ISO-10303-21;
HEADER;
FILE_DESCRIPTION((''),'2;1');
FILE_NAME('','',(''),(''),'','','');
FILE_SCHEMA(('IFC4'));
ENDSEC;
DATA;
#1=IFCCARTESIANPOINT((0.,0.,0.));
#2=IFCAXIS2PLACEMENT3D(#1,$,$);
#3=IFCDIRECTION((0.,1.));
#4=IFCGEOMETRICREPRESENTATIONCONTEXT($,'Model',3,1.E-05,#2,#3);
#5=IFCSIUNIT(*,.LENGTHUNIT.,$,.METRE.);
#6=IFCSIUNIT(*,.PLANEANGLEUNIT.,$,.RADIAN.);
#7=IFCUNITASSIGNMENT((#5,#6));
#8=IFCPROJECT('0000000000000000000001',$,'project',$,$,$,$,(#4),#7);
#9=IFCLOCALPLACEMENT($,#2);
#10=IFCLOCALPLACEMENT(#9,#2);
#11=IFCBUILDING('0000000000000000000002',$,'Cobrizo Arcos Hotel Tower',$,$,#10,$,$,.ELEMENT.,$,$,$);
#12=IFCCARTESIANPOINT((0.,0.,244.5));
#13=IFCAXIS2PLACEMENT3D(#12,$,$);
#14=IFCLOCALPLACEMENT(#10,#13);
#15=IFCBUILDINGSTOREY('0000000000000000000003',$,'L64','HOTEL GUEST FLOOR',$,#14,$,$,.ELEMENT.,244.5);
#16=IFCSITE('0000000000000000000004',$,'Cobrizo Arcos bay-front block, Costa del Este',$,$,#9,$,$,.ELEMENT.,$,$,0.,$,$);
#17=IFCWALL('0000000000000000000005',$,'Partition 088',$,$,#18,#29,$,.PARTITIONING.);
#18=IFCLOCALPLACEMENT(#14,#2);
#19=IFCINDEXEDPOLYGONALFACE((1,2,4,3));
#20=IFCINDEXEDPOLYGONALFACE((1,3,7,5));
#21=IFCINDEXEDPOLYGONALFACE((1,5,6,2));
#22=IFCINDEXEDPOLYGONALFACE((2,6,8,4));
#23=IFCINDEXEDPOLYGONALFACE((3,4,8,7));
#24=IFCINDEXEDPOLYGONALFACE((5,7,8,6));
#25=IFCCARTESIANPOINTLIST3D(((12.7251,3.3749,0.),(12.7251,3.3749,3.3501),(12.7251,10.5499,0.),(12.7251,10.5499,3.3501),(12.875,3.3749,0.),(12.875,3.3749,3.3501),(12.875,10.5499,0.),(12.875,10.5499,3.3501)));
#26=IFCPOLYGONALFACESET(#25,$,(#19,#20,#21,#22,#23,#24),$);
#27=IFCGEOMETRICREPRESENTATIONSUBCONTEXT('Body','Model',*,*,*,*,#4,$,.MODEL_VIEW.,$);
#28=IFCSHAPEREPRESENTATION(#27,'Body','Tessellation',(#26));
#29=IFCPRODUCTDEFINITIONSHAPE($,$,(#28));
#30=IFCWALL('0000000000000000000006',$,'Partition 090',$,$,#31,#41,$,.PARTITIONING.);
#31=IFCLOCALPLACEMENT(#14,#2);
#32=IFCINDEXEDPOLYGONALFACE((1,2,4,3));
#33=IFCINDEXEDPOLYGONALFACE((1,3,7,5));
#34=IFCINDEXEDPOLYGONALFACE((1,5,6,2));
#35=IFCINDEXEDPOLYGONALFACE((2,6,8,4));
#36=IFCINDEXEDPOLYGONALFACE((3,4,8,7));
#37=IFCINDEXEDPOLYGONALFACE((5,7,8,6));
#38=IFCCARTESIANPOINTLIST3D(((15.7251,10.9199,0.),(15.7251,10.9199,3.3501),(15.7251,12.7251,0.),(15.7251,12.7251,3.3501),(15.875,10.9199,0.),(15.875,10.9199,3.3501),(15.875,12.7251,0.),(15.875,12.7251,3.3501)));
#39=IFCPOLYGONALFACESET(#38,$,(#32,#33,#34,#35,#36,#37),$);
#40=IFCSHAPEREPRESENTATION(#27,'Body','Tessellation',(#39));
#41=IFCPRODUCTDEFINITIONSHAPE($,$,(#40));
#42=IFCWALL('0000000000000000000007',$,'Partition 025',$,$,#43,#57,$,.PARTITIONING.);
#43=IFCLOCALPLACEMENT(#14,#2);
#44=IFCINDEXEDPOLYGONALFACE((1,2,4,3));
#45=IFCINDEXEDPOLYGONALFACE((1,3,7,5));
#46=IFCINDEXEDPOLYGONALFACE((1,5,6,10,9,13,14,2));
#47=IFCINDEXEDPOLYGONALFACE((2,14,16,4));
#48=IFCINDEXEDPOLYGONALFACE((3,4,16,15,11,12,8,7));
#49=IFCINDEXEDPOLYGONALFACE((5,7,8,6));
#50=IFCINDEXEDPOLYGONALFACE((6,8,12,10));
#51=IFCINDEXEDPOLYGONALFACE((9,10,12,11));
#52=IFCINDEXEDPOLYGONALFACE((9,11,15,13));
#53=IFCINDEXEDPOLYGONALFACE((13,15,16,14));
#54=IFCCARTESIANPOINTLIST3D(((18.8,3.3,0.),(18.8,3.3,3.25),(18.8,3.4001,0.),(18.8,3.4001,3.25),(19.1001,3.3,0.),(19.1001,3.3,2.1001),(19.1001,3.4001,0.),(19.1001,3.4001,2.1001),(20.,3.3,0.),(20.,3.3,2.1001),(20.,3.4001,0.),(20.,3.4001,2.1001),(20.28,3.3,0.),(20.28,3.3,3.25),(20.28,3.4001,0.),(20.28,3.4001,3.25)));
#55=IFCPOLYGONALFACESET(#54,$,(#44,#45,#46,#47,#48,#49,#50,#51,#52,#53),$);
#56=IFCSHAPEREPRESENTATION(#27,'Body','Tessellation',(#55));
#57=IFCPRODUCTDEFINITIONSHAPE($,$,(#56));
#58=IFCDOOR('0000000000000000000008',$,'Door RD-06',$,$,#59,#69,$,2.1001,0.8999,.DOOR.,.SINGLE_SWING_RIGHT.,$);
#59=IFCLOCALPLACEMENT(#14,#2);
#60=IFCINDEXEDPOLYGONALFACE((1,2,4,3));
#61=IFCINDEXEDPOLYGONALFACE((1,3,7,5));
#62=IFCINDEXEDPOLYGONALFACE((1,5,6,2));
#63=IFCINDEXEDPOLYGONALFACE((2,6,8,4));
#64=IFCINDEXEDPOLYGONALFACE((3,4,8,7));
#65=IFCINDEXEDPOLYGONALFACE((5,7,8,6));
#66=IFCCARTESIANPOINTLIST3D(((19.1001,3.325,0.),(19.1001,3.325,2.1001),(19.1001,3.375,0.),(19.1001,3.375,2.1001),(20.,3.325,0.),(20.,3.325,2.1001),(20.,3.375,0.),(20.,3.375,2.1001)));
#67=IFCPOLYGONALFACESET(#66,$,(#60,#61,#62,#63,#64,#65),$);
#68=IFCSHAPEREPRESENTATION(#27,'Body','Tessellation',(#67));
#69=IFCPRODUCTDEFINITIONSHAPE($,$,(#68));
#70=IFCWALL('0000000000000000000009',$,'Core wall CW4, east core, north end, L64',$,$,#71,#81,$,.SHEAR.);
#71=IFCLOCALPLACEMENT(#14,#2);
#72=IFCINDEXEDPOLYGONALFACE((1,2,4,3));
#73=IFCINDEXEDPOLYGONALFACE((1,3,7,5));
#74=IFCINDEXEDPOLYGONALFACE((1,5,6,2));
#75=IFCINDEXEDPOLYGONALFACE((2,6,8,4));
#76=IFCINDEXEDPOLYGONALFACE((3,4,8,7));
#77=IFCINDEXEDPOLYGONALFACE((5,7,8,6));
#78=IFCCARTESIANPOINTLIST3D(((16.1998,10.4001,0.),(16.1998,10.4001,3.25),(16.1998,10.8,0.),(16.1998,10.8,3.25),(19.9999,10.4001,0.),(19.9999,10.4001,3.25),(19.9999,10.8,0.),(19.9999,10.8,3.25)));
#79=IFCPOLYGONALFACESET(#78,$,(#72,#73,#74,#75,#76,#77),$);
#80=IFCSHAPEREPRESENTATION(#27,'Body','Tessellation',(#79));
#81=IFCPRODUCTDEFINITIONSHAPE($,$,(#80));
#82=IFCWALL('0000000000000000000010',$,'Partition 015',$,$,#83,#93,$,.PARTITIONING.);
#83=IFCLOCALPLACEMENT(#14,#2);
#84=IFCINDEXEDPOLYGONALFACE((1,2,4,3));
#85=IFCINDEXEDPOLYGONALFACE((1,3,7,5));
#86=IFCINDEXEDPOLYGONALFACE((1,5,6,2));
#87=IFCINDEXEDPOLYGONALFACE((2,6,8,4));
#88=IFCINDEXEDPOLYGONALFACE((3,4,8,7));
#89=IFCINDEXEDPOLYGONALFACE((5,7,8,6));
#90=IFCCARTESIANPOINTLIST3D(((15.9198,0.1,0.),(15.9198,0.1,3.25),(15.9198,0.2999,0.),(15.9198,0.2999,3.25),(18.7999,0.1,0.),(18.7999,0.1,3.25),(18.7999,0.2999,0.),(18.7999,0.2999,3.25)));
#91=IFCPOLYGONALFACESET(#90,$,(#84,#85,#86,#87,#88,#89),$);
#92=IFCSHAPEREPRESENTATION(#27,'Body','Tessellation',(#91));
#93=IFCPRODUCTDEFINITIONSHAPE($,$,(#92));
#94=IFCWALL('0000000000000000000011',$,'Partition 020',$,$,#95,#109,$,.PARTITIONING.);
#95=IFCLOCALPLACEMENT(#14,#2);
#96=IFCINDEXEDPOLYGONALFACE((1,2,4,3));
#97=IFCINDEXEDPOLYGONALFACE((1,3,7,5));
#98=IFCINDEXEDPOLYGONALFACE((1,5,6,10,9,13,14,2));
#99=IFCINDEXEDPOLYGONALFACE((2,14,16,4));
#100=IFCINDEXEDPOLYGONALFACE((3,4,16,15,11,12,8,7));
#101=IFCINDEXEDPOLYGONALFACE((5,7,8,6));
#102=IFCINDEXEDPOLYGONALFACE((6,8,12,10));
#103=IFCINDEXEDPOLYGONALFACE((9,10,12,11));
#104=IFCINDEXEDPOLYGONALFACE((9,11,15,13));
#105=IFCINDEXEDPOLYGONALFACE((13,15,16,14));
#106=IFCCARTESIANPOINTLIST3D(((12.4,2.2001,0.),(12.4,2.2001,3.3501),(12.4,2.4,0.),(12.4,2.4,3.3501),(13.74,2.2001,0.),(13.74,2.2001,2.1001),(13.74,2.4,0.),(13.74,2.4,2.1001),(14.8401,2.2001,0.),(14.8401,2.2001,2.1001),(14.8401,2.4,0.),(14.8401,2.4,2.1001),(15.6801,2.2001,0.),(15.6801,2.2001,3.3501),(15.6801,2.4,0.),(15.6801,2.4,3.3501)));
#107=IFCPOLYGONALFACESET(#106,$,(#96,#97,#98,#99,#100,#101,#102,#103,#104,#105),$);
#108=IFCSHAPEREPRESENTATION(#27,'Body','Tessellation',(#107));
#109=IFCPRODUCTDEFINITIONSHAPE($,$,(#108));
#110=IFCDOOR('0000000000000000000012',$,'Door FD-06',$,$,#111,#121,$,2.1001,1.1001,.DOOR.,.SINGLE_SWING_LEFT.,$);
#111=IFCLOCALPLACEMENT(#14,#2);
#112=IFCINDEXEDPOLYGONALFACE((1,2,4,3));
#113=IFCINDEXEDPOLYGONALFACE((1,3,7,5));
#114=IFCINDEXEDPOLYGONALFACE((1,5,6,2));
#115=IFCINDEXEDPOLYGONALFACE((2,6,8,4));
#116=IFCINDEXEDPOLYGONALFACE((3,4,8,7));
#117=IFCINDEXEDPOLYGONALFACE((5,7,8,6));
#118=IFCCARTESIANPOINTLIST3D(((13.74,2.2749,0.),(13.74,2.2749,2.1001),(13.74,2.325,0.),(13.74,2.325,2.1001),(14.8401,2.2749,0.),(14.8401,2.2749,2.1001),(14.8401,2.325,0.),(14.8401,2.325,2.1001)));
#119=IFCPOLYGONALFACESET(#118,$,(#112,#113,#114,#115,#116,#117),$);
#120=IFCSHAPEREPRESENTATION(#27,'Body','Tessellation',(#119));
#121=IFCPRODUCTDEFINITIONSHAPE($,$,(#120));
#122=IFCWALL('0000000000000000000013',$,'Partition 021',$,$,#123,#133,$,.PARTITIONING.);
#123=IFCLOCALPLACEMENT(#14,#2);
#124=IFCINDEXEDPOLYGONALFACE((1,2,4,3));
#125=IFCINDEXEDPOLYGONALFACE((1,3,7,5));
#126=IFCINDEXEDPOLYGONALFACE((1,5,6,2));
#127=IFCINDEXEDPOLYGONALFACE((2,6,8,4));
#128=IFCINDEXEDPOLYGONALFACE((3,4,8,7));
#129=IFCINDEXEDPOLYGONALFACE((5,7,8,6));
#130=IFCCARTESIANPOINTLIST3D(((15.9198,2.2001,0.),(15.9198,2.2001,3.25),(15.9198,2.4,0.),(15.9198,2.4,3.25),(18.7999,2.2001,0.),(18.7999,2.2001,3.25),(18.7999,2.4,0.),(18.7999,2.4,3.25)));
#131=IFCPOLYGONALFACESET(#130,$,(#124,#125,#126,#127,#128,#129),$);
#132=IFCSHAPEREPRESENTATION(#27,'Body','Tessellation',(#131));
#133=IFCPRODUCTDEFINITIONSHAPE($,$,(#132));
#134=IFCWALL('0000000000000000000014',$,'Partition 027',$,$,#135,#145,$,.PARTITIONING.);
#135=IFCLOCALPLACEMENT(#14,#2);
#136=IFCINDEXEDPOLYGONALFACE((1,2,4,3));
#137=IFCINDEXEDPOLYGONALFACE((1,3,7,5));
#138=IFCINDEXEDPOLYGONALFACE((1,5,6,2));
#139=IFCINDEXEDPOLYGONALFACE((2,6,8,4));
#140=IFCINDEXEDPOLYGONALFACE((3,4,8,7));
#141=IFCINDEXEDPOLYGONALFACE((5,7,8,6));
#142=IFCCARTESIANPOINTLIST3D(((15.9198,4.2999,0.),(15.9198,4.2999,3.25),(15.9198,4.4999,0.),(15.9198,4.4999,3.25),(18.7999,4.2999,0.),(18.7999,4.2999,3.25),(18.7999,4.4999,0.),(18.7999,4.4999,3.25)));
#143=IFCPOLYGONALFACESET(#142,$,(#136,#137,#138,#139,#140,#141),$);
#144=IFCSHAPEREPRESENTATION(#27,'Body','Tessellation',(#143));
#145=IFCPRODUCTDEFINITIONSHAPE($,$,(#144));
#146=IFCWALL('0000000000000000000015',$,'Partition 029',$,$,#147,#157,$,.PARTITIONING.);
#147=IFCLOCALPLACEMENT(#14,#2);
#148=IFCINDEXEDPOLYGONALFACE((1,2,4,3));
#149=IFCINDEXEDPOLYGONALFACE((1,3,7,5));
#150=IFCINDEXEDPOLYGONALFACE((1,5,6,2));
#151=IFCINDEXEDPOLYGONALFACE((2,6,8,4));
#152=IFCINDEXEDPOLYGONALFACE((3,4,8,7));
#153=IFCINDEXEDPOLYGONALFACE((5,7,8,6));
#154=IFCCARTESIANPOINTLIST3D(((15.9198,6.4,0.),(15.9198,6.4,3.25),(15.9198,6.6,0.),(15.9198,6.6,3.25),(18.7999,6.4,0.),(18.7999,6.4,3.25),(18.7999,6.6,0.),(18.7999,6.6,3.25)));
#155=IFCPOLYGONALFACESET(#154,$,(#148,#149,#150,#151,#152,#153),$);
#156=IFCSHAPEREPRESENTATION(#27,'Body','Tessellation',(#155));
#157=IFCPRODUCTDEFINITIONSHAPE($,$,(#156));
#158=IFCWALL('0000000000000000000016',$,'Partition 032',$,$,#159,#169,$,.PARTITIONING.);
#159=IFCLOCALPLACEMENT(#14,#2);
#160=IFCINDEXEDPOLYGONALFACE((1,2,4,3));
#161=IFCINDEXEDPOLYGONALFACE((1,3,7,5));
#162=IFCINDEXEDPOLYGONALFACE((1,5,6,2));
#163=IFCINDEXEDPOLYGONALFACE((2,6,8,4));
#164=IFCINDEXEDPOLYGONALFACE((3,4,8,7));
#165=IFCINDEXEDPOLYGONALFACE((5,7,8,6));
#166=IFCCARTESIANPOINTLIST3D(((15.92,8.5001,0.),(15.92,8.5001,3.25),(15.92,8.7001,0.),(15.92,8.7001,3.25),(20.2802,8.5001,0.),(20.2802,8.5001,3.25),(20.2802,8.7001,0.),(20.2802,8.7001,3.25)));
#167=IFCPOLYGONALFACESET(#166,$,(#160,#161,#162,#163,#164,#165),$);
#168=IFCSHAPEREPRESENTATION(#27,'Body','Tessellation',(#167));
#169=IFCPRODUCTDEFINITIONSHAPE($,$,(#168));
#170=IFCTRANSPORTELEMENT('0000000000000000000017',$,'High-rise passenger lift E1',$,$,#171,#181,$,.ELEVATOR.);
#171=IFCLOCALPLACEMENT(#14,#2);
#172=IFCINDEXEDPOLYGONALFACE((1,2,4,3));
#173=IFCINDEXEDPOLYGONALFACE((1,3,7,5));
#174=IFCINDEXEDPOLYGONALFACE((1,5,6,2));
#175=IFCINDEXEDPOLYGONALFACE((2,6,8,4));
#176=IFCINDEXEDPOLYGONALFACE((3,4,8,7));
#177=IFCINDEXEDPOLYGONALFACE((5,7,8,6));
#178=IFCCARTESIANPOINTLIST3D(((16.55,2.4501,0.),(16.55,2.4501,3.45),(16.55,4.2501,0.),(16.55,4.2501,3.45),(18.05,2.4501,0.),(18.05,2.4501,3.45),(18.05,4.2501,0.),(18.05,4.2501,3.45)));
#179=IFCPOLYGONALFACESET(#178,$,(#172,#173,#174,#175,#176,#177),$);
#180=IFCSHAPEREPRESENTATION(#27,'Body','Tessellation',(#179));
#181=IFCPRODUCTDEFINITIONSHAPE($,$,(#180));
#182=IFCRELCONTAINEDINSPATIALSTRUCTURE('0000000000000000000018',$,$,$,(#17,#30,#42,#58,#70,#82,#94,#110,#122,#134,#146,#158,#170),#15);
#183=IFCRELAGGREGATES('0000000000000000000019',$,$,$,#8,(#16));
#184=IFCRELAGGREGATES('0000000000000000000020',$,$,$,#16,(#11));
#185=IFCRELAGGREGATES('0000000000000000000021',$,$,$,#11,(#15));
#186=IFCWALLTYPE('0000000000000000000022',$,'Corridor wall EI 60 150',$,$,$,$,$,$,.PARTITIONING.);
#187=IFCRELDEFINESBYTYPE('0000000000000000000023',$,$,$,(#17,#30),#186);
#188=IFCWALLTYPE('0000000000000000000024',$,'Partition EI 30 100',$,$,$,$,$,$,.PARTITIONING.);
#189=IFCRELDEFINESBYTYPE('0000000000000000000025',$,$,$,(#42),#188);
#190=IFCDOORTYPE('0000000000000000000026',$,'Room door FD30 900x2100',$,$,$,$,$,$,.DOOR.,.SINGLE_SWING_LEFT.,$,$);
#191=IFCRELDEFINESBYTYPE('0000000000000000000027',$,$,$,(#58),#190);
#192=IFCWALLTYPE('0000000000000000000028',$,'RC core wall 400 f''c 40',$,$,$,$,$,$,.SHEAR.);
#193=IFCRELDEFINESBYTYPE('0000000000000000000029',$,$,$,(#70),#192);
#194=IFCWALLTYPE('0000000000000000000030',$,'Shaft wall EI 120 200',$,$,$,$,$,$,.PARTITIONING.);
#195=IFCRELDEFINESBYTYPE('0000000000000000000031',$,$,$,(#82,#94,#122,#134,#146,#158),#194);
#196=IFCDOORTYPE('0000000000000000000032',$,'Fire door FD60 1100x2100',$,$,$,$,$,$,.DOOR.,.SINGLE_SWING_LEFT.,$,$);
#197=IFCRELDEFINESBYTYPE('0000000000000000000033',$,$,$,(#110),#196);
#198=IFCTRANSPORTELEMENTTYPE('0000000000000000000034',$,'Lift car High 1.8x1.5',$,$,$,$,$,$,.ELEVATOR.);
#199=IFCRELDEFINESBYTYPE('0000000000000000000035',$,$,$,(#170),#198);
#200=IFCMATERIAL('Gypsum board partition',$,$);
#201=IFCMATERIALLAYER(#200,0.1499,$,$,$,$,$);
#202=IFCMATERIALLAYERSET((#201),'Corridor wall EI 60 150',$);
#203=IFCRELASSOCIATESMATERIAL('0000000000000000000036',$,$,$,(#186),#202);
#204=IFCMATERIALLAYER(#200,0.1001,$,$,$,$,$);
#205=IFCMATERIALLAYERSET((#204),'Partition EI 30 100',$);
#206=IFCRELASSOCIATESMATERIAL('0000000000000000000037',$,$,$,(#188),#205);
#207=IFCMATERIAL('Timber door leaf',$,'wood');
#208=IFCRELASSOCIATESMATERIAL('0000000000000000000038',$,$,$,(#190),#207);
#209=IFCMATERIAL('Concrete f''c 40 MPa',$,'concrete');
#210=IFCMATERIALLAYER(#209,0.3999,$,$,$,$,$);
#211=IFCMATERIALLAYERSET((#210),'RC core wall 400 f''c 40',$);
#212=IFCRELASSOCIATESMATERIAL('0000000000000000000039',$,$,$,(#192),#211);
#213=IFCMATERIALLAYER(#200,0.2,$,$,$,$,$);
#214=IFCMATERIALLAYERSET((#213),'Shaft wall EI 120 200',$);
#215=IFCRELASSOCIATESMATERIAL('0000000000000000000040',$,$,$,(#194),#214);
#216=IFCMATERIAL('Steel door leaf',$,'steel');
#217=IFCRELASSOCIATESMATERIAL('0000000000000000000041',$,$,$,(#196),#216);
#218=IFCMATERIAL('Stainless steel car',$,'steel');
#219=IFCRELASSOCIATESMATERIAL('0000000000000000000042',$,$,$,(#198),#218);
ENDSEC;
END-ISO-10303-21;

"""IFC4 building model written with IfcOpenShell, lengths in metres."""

from ifc_helpers import new_model, si_unit, direction, frame, frame_2d, origin, origin_2d, place, context, subcontext, project, spatial, rectangle, extrude, material, layer, layer_set, type_object, element, fill, save


model = new_model("IFC4")

# Units and contexts
model_context = context("Model", 3, precision=1e-05, world=origin(), true_north=direction((0.0, 1.0)))
body_context = subcontext(model_context, "Body", "Model", "MODEL_VIEW")
ifc_project = project(units=[si_unit("LENGTHUNIT", "METRE"), si_unit("PLANEANGLEUNIT", "RADIAN")], contexts=[model_context])

# Site, building, storey
site_placement = place(None, origin())
site = spatial("IfcSite", under=ifc_project, at=site_placement, Name="Cobrizo Arcos bay-front block, Costa del Este", CompositionType="ELEMENT", RefElevation=0.0)
building_placement = place(site_placement, origin())
building = spatial("IfcBuilding", under=site, at=building_placement, Name="Cobrizo Arcos Hotel Tower", CompositionType="ELEMENT")
storey_placement = place(building_placement, frame((0.0, 0.0, 244.5)))
storey = spatial("IfcBuildingStorey", under=building, at=storey_placement, Name="L64", Description="HOTEL GUEST FLOOR", CompositionType="ELEMENT", Elevation=244.5)

# Walls
ifc_material_1 = material(Name="Gypsum board partition")
ifc_layer_1 = layer(ifc_material_1, 0.1499)
ifc_layer_set_1 = layer_set([ifc_layer_1], Name="Corridor wall EI 60 150")
wall_type_1 = type_object("IfcWallType", Name="Corridor wall EI 60 150", PredefinedType="PARTITIONING", material=ifc_layer_set_1)
wall_1_placement = place(storey_placement, frame((12.8, 3.375, 0.0), z_axis=(0.0, 0.0, 1.0), x_axis=(0.0, 1.0, 0.0)))
element("IfcWall", 1, at=wall_1_placement, inside=storey, type_object=wall_type_1, Name="Partition 088", PredefinedType="PARTITIONING", context=body_context, shape_type="SweptSolid", body=[
    extrude(rectangle(XDim=7.175, YDim=0.1499, at=frame_2d((3.5874, 0.0))), origin(), (0.0, 0.0, 1.0), 3.3501),
])
wall_2_placement = place(storey_placement, frame((15.8, 10.9199, 0.0), z_axis=(0.0, 0.0, 1.0), x_axis=(0.0, 1.0, 0.0)))
element("IfcWall", 2, at=wall_2_placement, inside=storey, type_object=wall_type_1, Name="Partition 090", PredefinedType="PARTITIONING", context=body_context, shape_type="SweptSolid", body=[
    extrude(rectangle(XDim=1.8052, YDim=0.1499, at=frame_2d((0.9026, 0.0))), origin(), (0.0, 0.0, 1.0), 3.3501),
])

# Wall, opening, door
ifc_layer_2 = layer(ifc_material_1, 0.1001)
ifc_layer_set_2 = layer_set([ifc_layer_2], Name="Partition EI 30 100")
wall_type_2 = type_object("IfcWallType", Name="Partition EI 30 100", PredefinedType="PARTITIONING", material=ifc_layer_set_2)
wall_3_placement = place(storey_placement, frame((18.8, 3.3501, 0.0), z_axis=(0.0, 0.0, 1.0), x_axis=(1.0, 0.0, 0.0)))
wall_3 = element("IfcWall", 3, at=wall_3_placement, inside=storey, type_object=wall_type_2, Name="Partition 025", PredefinedType="PARTITIONING", context=body_context, shape_type="SweptSolid", body=[
    extrude(rectangle(XDim=1.48, YDim=0.1001, at=frame_2d((0.74, 0.0))), origin(), (0.0, 0.0, 1.0), 3.25),
])
opening_1_placement = place(wall_3_placement, frame((0.3, 0.0, 0.0)))
opening_1 = element("IfcOpeningElement", 4, at=opening_1_placement, cuts=wall_3, PredefinedType="OPENING", context=body_context, shape_type="SweptSolid", body=[
    extrude(rectangle(XDim=0.8999, YDim=2.1001, at=frame_2d((0.45, 1.05))), frame((0.0, 0.062, 0.0), z_axis=(0.0, -1.0, 0.0), x_axis=(1.0, 0.0, 0.0)), (0.0, 0.0, 1.0), 0.124),
])
ifc_material_2 = material(Name="Timber door leaf", Category="wood")
door_type_1 = type_object("IfcDoorType", Name="Room door FD30 900x2100", OperationType="SINGLE_SWING_LEFT", PredefinedType="DOOR", material=ifc_material_2)
door_1_placement = place(opening_1_placement, origin())
door_1 = element("IfcDoor", 5, at=door_1_placement, inside=storey, type_object=door_type_1, Name="Door RD-06", OperationType="SINGLE_SWING_RIGHT", OverallHeight=2.1001, OverallWidth=0.8999, PredefinedType="DOOR", context=body_context, shape_type="SweptSolid", body=[
    extrude(rectangle(XDim=0.8999, YDim=2.1001, at=frame_2d((0.45, 1.05))), frame((0.0, 0.0249, 0.0), z_axis=(0.0, -1.0, 0.0), x_axis=(1.0, 0.0, 0.0)), (0.0, 0.0, 1.0), 0.05),
])
fill(opening_1, door_1)

# Walls
ifc_material_3 = material(Name="Concrete f'c 40 MPa", Category="concrete")
ifc_layer_3 = layer(ifc_material_3, 0.3999)
ifc_layer_set_3 = layer_set([ifc_layer_3], Name="RC core wall 400 f'c 40")
wall_type_3 = type_object("IfcWallType", Name="RC core wall 400 f'c 40", PredefinedType="SHEAR", material=ifc_layer_set_3)
wall_4_placement = place(storey_placement, frame((16.2, 10.6001, 0.0), z_axis=(0.0, 0.0, 1.0), x_axis=(1.0, 0.0, 0.0)))
element("IfcWall", 6, at=wall_4_placement, inside=storey, type_object=wall_type_3, Name="Core wall CW4, east core, north end, L64", PredefinedType="SHEAR", context=body_context, shape_type="SweptSolid", body=[
    extrude(rectangle(XDim=3.8, YDim=0.3999, at=frame_2d((1.8999, 0.0))), origin(), (0.0, 0.0, 1.0), 3.25),
])
ifc_layer_4 = layer(ifc_material_1, 0.2)
ifc_layer_set_4 = layer_set([ifc_layer_4], Name="Shaft wall EI 120 200")
wall_type_4 = type_object("IfcWallType", Name="Shaft wall EI 120 200", PredefinedType="PARTITIONING", material=ifc_layer_set_4)
wall_5_placement = place(storey_placement, frame((15.9199, 0.2, 0.0), z_axis=(0.0, 0.0, 1.0), x_axis=(1.0, 0.0, 0.0)))
element("IfcWall", 7, at=wall_5_placement, inside=storey, type_object=wall_type_4, Name="Partition 015", PredefinedType="PARTITIONING", context=body_context, shape_type="SweptSolid", body=[
    extrude(rectangle(XDim=2.8801, YDim=0.2, at=frame_2d((1.4399, 0.0))), origin(), (0.0, 0.0, 1.0), 3.25),
])

# Wall, opening, door
wall_6_placement = place(storey_placement, frame((12.3999, 2.3, 0.0), z_axis=(0.0, 0.0, 1.0), x_axis=(1.0, 0.0, 0.0)))
wall_6 = element("IfcWall", 8, at=wall_6_placement, inside=storey, type_object=wall_type_4, Name="Partition 020", PredefinedType="PARTITIONING", context=body_context, shape_type="SweptSolid", body=[
    extrude(rectangle(XDim=3.28, YDim=0.2, at=frame_2d((1.6401, 0.0))), origin(), (0.0, 0.0, 1.0), 3.3501),
])
opening_2_placement = place(wall_6_placement, frame((1.3401, 0.0, 0.0)))
opening_2 = element("IfcOpeningElement", 9, at=opening_2_placement, cuts=wall_6, PredefinedType="OPENING", context=body_context, shape_type="SweptSolid", body=[
    extrude(rectangle(XDim=1.1001, YDim=2.1001, at=frame_2d((0.55, 1.05))), frame((0.0, 0.1121, 0.0), z_axis=(0.0, -1.0, 0.0), x_axis=(1.0, 0.0, 0.0)), (0.0, 0.0, 1.0), 0.2239),
])
ifc_material_4 = material(Name="Steel door leaf", Category="steel")
door_type_2 = type_object("IfcDoorType", Name="Fire door FD60 1100x2100", OperationType="SINGLE_SWING_LEFT", PredefinedType="DOOR", material=ifc_material_4)
door_2_placement = place(opening_2_placement, origin())
door_2 = element("IfcDoor", 10, at=door_2_placement, inside=storey, type_object=door_type_2, Name="Door FD-06", OperationType="SINGLE_SWING_LEFT", OverallHeight=2.1001, OverallWidth=1.1001, PredefinedType="DOOR", context=body_context, shape_type="SweptSolid", body=[
    extrude(rectangle(XDim=1.1001, YDim=2.1001, at=frame_2d((0.55, 1.05))), frame((0.0, 0.0249, 0.0), z_axis=(0.0, -1.0, 0.0), x_axis=(1.0, 0.0, 0.0)), (0.0, 0.0, 1.0), 0.05),
])
fill(opening_2, door_2)

# Walls
for number, where, z_axis, x_axis, name in (
    (11, (15.9199, 2.3, 0.0), (0.0, 0.0, 1.0), (1.0, 0.0, 0.0), "Partition 021"),
    (12, (15.9199, 4.3999, 0.0), (0.0, 0.0, 1.0), (1.0, 0.0, 0.0), "Partition 027"),
    (13, (15.9199, 6.5, 0.0), (0.0, 0.0, 1.0), (1.0, 0.0, 0.0), "Partition 029"),
):
    element("IfcWall", number, at=place(storey_placement, frame(where, z_axis=z_axis, x_axis=x_axis)), inside=storey, type_object=wall_type_4, Name=name, PredefinedType="PARTITIONING", context=body_context, shape_type="SweptSolid", body=[
        extrude(rectangle(XDim=2.8801, YDim=0.2, at=frame_2d((1.4399, 0.0))), origin(), (0.0, 0.0, 1.0), 3.25),
    ])
wall_7_placement = place(storey_placement, frame((15.9199, 8.6001, 0.0), z_axis=(0.0, 0.0, 1.0), x_axis=(1.0, 0.0, 0.0)))
element("IfcWall", 14, at=wall_7_placement, inside=storey, type_object=wall_type_4, Name="Partition 032", PredefinedType="PARTITIONING", context=body_context, shape_type="SweptSolid", body=[
    extrude(rectangle(XDim=4.3601, YDim=0.2, at=frame_2d((2.1802, 0.0))), origin(), (0.0, 0.0, 1.0), 3.25),
])

# Transport element
ifc_material_5 = material(Name="Stainless steel car", Category="steel")
transport_element_type = type_object("IfcTransportElementType", Name="Lift car High 1.8x1.5", PredefinedType="ELEVATOR", material=ifc_material_5)
for number, where, z_axis, x_axis, name in (
    (15, (17.3, 3.3501, 0.0), (0.0, 0.0, 1.0), (1.0, 0.0, 0.0), "High-rise passenger lift E1"),
):
    element("IfcTransportElement", number, at=place(storey_placement, frame(where, z_axis=z_axis, x_axis=x_axis)), inside=storey, type_object=transport_element_type, Name=name, PredefinedType="ELEVATOR", context=body_context, shape_type="SweptSolid", body=[
        extrude(rectangle(XDim=1.5, YDim=1.8, at=origin_2d()), origin(), (0.0, 0.0, 1.0), 3.45),
    ])

save(model, "model.ifc")
